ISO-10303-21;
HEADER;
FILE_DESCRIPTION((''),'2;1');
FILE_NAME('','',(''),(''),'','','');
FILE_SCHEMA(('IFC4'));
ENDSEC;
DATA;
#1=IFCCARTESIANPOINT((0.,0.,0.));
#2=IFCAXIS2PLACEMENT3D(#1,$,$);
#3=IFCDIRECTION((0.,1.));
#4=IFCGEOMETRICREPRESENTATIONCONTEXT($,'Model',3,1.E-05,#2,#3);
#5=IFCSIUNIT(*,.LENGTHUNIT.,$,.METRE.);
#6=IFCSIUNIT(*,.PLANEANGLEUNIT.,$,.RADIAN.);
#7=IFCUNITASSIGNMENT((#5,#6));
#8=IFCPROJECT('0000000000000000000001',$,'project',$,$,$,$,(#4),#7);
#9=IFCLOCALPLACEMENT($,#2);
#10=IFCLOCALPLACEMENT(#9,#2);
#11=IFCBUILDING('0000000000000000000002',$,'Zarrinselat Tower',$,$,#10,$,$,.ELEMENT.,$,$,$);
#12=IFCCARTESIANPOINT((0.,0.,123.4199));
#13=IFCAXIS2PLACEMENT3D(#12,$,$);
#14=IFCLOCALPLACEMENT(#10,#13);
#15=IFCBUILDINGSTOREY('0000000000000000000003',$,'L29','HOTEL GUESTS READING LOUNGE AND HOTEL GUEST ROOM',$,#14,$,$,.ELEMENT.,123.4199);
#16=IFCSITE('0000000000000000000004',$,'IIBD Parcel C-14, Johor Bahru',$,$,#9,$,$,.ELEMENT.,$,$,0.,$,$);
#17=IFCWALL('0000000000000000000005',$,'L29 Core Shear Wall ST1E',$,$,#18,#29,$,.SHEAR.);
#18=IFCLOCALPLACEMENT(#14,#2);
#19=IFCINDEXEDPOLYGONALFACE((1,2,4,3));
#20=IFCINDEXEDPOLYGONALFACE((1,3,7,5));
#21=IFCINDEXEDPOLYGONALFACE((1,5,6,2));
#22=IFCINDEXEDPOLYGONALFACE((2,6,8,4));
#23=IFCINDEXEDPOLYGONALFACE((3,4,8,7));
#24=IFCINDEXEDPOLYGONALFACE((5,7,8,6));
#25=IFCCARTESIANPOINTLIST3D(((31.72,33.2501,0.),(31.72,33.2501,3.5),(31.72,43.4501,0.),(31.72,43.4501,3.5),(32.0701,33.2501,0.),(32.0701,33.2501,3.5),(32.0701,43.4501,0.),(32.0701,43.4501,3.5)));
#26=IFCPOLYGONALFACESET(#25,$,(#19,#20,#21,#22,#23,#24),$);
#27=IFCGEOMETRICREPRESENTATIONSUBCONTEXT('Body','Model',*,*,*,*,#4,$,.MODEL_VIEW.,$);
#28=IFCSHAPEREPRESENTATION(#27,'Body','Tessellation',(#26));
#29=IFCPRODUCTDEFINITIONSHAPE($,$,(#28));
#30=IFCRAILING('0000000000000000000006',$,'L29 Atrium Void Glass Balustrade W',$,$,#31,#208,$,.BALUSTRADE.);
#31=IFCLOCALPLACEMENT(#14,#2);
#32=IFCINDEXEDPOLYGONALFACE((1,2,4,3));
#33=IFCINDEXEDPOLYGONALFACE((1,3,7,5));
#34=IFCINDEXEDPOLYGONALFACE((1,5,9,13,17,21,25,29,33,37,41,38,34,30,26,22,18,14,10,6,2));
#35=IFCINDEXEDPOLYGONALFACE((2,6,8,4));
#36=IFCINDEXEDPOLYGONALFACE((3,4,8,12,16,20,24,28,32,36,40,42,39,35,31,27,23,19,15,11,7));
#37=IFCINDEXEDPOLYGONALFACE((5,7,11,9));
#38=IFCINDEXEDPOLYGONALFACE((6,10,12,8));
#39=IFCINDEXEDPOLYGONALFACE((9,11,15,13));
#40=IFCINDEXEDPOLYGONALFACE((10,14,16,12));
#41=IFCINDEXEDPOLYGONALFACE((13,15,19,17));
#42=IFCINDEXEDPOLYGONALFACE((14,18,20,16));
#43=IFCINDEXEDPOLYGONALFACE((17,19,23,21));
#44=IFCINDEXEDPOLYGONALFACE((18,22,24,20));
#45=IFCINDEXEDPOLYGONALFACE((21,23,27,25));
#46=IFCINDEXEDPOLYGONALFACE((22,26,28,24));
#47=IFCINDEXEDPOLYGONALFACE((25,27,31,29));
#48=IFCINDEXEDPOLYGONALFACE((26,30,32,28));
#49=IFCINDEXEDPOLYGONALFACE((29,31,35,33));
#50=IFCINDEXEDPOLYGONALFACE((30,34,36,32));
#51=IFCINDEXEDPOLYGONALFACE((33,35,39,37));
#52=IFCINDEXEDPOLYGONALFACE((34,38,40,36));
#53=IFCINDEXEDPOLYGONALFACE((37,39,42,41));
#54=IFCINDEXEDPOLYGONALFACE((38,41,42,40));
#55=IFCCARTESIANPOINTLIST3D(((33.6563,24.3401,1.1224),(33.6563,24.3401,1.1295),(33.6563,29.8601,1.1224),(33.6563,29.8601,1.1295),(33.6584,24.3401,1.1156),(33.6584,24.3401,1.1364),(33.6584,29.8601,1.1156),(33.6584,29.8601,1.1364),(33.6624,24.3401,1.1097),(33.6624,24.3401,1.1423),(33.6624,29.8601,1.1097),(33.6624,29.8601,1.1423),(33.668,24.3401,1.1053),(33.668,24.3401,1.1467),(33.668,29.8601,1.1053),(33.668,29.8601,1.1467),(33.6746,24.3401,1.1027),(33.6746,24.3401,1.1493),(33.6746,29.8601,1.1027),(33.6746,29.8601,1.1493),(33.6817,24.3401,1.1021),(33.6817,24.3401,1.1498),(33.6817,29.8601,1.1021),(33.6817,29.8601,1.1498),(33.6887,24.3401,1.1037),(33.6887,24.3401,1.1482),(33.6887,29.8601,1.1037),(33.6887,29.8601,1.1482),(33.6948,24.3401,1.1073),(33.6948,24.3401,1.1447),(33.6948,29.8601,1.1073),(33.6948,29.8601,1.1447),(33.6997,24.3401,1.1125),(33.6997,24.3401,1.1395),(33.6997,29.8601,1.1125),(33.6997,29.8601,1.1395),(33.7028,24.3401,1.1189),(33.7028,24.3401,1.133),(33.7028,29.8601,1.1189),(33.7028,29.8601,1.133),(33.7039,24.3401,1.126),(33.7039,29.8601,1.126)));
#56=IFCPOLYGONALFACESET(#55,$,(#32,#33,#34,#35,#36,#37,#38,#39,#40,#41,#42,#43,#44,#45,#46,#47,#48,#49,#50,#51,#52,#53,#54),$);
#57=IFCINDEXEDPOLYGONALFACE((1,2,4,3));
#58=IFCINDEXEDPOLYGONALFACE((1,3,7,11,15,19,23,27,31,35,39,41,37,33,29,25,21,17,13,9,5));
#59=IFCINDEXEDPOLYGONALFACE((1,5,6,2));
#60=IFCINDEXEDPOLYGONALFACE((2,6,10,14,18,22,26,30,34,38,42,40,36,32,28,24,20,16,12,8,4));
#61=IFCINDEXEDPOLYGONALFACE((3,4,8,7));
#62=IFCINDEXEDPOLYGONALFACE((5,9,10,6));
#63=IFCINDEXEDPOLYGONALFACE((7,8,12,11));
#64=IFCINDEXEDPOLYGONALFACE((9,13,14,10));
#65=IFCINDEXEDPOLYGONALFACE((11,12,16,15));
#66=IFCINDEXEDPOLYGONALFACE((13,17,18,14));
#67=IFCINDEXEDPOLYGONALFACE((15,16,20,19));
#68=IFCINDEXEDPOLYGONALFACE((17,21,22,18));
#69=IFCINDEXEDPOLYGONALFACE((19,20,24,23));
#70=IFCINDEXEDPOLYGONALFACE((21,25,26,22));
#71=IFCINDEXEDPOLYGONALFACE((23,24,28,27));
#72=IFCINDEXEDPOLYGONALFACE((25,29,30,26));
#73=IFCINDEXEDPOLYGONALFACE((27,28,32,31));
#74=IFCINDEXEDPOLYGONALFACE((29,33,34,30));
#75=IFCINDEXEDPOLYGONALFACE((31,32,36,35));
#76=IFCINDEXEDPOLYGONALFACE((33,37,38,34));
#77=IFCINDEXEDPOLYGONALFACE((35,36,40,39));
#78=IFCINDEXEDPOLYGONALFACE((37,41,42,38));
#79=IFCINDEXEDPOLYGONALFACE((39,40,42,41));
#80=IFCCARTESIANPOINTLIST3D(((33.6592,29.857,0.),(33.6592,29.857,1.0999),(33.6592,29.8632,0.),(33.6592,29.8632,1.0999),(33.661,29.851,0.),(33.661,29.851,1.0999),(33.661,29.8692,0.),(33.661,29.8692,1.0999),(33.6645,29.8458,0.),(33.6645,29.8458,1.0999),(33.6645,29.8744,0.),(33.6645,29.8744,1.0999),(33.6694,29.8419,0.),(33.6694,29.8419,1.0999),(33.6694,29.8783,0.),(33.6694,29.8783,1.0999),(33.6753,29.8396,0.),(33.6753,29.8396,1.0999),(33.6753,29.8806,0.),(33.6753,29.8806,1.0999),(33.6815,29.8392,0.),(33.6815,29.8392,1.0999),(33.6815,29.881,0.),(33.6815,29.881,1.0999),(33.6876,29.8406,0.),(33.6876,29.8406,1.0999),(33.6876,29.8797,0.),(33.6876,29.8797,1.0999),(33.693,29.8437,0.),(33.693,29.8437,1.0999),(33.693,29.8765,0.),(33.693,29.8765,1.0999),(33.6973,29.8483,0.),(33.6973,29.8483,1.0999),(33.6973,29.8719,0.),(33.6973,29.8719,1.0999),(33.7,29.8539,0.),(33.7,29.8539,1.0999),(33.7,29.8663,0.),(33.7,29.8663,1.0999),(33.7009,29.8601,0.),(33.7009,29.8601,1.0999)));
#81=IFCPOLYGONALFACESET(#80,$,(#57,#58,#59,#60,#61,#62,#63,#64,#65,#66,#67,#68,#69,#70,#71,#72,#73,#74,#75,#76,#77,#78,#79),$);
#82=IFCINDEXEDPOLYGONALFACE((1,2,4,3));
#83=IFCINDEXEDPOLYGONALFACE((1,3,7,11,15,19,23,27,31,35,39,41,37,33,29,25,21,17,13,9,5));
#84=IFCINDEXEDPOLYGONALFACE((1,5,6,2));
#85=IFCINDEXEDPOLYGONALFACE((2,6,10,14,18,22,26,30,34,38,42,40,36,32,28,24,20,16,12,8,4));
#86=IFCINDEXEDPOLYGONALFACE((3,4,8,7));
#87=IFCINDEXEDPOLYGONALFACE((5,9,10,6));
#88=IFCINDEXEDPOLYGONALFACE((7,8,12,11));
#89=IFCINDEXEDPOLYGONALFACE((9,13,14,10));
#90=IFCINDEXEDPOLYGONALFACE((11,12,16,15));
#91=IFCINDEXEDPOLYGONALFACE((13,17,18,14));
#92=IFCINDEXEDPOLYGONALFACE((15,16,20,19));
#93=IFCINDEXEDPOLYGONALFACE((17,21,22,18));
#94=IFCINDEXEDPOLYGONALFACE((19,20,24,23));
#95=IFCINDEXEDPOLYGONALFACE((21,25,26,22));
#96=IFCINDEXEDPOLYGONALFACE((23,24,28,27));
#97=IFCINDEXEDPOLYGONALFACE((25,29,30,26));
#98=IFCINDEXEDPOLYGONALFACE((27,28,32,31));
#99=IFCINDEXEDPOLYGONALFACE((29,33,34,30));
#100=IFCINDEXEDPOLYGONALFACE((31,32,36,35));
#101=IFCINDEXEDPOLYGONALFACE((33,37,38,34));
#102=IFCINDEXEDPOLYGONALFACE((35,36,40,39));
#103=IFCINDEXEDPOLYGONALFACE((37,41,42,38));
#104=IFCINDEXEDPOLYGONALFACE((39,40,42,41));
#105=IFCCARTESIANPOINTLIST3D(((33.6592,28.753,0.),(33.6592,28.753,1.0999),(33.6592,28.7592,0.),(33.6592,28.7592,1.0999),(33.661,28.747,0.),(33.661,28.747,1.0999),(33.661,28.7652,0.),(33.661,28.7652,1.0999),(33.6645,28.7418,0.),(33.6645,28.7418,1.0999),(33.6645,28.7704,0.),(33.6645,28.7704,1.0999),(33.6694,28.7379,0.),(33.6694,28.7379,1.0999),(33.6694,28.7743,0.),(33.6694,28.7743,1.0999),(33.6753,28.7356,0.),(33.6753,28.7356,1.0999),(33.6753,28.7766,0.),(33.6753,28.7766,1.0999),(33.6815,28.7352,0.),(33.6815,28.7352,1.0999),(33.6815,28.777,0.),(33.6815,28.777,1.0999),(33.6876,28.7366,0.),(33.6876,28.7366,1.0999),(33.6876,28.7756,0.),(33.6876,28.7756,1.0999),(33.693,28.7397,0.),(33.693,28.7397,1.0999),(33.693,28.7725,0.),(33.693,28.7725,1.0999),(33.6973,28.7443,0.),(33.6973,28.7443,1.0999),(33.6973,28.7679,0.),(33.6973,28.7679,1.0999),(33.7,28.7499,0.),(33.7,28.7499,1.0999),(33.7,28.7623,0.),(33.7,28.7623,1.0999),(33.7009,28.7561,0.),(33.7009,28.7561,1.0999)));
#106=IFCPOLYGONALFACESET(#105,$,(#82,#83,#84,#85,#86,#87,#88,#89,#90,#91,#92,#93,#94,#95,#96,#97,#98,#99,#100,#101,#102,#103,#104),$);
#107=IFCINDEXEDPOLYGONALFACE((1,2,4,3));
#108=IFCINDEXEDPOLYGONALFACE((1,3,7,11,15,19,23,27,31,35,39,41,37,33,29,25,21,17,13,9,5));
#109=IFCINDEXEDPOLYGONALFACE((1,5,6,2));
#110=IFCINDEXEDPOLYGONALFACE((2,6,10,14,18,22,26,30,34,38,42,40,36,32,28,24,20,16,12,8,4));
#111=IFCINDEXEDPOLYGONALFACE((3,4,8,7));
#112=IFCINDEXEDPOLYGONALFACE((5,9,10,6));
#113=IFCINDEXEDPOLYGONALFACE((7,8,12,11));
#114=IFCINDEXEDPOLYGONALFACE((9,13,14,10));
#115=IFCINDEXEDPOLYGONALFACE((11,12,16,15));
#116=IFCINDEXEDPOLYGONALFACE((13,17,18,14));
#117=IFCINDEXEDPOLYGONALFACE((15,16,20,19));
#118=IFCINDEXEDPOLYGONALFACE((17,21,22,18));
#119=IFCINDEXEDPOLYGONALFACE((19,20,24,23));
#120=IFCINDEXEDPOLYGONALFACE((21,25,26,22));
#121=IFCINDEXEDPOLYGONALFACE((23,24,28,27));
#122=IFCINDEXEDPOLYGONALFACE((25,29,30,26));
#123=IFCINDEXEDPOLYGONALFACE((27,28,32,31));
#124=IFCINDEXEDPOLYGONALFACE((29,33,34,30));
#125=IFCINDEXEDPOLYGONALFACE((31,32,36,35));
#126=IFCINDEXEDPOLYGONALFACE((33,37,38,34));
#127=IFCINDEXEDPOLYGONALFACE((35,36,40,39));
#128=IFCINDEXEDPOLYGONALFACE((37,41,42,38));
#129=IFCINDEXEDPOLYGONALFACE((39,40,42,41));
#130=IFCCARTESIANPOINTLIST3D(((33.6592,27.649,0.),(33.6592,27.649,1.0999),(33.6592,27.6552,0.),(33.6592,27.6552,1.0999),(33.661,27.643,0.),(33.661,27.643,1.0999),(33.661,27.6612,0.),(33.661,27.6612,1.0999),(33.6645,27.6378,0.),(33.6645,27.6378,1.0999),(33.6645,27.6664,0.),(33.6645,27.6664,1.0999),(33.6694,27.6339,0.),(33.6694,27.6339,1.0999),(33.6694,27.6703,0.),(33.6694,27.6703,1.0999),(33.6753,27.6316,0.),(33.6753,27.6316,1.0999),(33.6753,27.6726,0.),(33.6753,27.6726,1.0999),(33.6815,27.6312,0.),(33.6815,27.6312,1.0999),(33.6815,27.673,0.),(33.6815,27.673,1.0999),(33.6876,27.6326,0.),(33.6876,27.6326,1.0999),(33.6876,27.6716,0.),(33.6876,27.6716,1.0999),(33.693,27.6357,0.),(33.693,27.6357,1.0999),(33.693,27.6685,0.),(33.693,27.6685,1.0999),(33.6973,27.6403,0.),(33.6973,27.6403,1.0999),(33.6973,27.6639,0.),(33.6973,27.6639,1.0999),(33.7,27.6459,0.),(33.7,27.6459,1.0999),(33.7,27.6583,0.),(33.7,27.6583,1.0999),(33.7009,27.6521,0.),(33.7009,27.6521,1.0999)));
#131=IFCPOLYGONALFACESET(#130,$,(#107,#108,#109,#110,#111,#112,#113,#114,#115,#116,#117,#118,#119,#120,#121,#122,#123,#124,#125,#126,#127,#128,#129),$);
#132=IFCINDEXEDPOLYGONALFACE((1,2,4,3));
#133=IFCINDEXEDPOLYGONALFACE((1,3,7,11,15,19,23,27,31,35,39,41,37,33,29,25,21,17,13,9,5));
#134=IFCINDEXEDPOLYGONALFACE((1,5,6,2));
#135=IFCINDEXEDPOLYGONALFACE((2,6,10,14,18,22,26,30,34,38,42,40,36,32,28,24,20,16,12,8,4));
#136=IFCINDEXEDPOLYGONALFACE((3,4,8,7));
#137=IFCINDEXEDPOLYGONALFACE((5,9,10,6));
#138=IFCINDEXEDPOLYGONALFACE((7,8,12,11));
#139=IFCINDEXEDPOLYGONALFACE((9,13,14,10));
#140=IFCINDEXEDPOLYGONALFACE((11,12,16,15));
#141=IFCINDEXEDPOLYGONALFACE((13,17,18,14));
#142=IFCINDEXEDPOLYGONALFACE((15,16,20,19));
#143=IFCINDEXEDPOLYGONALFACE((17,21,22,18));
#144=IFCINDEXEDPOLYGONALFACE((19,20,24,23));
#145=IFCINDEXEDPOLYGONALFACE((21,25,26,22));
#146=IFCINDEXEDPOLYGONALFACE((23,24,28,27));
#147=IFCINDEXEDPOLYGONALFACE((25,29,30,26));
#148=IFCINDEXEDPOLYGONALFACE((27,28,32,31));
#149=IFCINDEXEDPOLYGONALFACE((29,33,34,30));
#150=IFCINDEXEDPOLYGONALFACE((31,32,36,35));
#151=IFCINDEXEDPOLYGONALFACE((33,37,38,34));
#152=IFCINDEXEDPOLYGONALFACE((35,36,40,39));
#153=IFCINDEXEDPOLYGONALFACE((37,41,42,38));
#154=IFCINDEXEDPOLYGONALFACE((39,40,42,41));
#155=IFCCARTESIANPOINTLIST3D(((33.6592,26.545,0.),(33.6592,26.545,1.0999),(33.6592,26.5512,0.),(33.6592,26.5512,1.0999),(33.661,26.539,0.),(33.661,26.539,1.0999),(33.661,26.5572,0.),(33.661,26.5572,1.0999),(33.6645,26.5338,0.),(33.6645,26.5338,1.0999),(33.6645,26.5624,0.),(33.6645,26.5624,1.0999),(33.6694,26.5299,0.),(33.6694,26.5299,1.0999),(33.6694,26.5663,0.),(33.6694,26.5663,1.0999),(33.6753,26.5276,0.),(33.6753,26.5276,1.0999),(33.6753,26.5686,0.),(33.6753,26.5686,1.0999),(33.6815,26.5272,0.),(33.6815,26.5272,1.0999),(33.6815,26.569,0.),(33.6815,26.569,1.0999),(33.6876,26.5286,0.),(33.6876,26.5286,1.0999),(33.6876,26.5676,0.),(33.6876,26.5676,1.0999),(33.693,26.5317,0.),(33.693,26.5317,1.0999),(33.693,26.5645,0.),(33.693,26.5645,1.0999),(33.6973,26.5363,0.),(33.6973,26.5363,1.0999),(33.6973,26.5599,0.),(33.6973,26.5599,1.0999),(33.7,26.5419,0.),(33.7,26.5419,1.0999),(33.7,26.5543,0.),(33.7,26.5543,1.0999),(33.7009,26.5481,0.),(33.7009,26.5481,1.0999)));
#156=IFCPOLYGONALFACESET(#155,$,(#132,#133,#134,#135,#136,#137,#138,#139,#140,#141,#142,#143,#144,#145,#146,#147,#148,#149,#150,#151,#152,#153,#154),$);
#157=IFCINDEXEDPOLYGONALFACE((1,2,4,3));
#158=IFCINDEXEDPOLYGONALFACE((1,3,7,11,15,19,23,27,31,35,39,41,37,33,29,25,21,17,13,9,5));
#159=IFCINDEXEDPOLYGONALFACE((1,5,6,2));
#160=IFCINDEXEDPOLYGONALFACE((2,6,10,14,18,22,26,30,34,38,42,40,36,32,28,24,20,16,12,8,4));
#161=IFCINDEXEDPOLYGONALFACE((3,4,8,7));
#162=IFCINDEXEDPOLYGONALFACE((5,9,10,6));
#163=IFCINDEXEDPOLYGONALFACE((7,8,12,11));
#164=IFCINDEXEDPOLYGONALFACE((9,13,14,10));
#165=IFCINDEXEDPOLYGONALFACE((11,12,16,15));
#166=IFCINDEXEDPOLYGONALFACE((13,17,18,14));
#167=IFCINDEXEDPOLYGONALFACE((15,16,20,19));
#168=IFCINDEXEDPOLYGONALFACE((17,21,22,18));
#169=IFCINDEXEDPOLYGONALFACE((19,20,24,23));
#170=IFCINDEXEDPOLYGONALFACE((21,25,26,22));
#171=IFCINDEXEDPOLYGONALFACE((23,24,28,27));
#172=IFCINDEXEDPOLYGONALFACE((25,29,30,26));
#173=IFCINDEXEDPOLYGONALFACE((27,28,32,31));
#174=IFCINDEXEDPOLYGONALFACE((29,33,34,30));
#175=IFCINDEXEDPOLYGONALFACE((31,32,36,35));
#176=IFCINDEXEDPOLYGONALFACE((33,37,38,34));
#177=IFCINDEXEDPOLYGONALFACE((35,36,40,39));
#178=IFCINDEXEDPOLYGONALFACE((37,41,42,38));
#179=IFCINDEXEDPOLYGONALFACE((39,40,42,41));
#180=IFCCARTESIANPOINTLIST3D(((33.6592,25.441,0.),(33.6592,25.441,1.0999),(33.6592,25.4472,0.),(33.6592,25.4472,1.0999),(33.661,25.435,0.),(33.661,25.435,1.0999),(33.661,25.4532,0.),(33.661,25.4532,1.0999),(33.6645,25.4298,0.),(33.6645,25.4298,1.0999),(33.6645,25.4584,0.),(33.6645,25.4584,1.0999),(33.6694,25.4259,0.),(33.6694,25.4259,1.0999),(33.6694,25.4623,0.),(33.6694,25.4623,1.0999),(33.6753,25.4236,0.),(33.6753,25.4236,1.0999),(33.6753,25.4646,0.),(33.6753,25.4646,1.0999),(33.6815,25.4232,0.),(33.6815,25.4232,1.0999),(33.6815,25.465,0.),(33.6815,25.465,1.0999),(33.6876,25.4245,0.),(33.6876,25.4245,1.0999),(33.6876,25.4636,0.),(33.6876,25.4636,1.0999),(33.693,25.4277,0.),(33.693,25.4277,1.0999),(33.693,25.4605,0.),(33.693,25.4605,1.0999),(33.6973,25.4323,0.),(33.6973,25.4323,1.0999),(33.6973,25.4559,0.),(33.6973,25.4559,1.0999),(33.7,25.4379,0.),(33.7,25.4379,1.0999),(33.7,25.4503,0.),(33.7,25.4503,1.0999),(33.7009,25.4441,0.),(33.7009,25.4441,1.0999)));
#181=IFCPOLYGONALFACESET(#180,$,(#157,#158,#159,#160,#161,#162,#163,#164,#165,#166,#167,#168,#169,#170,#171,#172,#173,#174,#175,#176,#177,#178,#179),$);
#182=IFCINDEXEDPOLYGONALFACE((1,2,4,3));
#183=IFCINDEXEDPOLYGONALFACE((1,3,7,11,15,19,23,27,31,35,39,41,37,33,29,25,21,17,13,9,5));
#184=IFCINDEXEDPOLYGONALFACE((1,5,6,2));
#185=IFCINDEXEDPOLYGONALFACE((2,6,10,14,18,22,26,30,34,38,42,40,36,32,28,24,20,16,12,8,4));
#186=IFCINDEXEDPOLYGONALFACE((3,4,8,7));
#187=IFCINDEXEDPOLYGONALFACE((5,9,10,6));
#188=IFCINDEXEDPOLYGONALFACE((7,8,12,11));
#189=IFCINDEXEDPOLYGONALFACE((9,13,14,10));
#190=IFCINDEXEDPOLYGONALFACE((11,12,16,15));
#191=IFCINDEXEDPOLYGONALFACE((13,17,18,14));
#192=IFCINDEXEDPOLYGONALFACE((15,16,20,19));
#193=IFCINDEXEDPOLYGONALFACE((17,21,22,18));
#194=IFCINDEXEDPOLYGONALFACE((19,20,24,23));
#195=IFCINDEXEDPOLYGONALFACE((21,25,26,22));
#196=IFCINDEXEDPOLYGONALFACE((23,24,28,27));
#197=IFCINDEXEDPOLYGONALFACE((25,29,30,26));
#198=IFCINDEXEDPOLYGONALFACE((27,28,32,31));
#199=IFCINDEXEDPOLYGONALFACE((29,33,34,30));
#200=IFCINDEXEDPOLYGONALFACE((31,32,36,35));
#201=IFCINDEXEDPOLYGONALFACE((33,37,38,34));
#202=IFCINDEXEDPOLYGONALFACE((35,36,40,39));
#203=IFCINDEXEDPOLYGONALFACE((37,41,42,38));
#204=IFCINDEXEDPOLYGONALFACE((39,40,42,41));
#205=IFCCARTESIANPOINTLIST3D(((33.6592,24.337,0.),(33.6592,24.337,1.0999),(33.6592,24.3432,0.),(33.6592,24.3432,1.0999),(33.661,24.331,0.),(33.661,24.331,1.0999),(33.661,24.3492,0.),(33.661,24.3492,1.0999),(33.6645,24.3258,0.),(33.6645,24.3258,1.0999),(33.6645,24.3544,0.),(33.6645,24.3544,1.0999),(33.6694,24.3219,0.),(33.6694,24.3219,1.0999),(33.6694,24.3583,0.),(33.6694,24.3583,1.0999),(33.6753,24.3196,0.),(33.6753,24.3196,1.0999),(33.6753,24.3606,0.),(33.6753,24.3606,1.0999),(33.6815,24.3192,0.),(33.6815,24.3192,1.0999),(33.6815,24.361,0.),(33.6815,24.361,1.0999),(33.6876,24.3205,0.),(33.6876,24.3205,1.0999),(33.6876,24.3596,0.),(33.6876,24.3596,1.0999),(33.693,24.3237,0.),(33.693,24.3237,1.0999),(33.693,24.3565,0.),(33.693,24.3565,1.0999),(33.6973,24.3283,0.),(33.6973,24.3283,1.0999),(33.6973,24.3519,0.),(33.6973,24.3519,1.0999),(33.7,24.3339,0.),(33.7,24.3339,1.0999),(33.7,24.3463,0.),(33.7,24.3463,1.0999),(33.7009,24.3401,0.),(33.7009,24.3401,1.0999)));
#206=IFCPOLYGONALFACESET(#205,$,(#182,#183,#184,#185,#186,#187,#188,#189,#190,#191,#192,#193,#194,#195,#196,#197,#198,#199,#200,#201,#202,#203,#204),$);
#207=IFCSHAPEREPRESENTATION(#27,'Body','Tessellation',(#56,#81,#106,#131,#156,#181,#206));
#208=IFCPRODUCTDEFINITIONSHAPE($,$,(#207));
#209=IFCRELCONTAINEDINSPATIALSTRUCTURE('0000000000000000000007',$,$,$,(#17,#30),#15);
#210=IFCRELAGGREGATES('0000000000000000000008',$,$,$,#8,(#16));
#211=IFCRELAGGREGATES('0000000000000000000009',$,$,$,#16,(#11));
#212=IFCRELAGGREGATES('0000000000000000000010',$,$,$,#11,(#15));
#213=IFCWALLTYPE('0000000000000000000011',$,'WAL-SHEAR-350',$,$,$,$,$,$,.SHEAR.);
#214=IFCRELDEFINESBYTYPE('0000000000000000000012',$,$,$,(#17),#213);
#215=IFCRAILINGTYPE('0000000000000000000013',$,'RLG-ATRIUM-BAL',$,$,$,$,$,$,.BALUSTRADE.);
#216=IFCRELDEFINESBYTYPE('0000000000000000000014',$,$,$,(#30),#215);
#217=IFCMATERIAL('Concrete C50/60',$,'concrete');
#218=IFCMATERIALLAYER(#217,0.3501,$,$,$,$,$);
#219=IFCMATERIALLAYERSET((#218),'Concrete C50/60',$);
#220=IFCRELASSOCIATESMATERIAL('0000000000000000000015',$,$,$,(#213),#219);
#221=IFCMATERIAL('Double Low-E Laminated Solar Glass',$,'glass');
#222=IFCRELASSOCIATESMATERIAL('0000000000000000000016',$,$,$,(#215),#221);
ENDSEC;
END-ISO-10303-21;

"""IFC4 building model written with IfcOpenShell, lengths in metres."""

from ifc_helpers import new_model, si_unit, direction, frame, frame_2d, origin, origin_2d, place, context, subcontext, project, spatial, rectangle, circle, extrude, material, layer, layer_set, type_object, element, save


model = new_model("IFC4")

# Units and contexts
model_context = context("Model", 3, precision=1e-05, world=origin(), true_north=direction((0.0, 1.0)))
body_context = subcontext(model_context, "Body", "Model", "MODEL_VIEW")
ifc_project = project(units=[si_unit("LENGTHUNIT", "METRE"), si_unit("PLANEANGLEUNIT", "RADIAN")], contexts=[model_context])

# Site, building, storey
site_placement = place(None, origin())
site = spatial("IfcSite", under=ifc_project, at=site_placement, Name="IIBD Parcel C-14, Johor Bahru", CompositionType="ELEMENT", RefElevation=0.0)
building_placement = place(site_placement, origin())
building = spatial("IfcBuilding", under=site, at=building_placement, Name="Zarrinselat Tower", CompositionType="ELEMENT")
storey_placement = place(building_placement, frame((0.0, 0.0, 123.4199)))
storey = spatial("IfcBuildingStorey", under=building, at=storey_placement, Name="L29", Description="HOTEL GUESTS READING LOUNGE AND HOTEL GUEST ROOM", CompositionType="ELEMENT", Elevation=123.4199)

# Wall
ifc_material_1 = material(Name="Concrete C50/60", Category="concrete")
ifc_layer_1 = layer(ifc_material_1, 0.3501)
ifc_layer_set_1 = layer_set([ifc_layer_1], Name="Concrete C50/60")
wall_type_1 = type_object("IfcWallType", Name="WAL-SHEAR-350", PredefinedType="SHEAR", material=ifc_layer_set_1)
wall_1_placement = place(storey_placement, frame((31.895, 33.25, 0.0), z_axis=(0.0, 0.0, 1.0), x_axis=(0.0, 1.0, 0.0)))
element("IfcWall", 1, at=wall_1_placement, inside=storey, type_object=wall_type_1, Name="L29 Core Shear Wall ST1E", PredefinedType="SHEAR", context=body_context, shape_type="SweptSolid", body=[
    extrude(rectangle(XDim=10.2, YDim=0.3501, at=frame_2d((5.1001, 0.0))), origin(), (0.0, 0.0, 1.0), 3.5),
])

# Railing
ifc_material_2 = material(Name="Double Low-E Laminated Solar Glass", Category="glass")
railing_type = type_object("IfcRailingType", Name="RLG-ATRIUM-BAL", PredefinedType="BALUSTRADE", material=ifc_material_2)
railing_placement = place(storey_placement, frame((33.6799, 29.8601, 0.0)))
element("IfcRailing", 2, at=railing_placement, inside=storey, type_object=railing_type, Name="L29 Atrium Void Glass Balustrade W", PredefinedType="BALUSTRADE", context=body_context, shape_type="SweptSolid", body=[
    extrude(circle(Radius=0.0239, at=origin_2d()), frame((0.0, 0.0, 1.126), z_axis=(0.0, -1.0, 0.0), x_axis=(1.0, 0.0, 0.0)), (0.0, 0.0, 1.0), 5.52),
    extrude(circle(Radius=0.021, at=origin_2d()), origin(), (0.0, 0.0, 1.0), 1.0999),
    extrude(circle(Radius=0.021, at=origin_2d()), frame((0.0, -1.104, 0.0)), (0.0, 0.0, 1.0), 1.0999),
    extrude(circle(Radius=0.021, at=origin_2d()), frame((0.0, -2.208, 0.0)), (0.0, 0.0, 1.0), 1.0999),
    extrude(circle(Radius=0.021, at=origin_2d()), frame((0.0, -3.312, 0.0)), (0.0, 0.0, 1.0), 1.0999),
    extrude(circle(Radius=0.021, at=origin_2d()), frame((0.0, -4.416, 0.0)), (0.0, 0.0, 1.0), 1.0999),
    extrude(circle(Radius=0.021, at=origin_2d()), frame((0.0, -5.52, 0.0)), (0.0, 0.0, 1.0), 1.0999),
])

save(model, "model.ifc")
